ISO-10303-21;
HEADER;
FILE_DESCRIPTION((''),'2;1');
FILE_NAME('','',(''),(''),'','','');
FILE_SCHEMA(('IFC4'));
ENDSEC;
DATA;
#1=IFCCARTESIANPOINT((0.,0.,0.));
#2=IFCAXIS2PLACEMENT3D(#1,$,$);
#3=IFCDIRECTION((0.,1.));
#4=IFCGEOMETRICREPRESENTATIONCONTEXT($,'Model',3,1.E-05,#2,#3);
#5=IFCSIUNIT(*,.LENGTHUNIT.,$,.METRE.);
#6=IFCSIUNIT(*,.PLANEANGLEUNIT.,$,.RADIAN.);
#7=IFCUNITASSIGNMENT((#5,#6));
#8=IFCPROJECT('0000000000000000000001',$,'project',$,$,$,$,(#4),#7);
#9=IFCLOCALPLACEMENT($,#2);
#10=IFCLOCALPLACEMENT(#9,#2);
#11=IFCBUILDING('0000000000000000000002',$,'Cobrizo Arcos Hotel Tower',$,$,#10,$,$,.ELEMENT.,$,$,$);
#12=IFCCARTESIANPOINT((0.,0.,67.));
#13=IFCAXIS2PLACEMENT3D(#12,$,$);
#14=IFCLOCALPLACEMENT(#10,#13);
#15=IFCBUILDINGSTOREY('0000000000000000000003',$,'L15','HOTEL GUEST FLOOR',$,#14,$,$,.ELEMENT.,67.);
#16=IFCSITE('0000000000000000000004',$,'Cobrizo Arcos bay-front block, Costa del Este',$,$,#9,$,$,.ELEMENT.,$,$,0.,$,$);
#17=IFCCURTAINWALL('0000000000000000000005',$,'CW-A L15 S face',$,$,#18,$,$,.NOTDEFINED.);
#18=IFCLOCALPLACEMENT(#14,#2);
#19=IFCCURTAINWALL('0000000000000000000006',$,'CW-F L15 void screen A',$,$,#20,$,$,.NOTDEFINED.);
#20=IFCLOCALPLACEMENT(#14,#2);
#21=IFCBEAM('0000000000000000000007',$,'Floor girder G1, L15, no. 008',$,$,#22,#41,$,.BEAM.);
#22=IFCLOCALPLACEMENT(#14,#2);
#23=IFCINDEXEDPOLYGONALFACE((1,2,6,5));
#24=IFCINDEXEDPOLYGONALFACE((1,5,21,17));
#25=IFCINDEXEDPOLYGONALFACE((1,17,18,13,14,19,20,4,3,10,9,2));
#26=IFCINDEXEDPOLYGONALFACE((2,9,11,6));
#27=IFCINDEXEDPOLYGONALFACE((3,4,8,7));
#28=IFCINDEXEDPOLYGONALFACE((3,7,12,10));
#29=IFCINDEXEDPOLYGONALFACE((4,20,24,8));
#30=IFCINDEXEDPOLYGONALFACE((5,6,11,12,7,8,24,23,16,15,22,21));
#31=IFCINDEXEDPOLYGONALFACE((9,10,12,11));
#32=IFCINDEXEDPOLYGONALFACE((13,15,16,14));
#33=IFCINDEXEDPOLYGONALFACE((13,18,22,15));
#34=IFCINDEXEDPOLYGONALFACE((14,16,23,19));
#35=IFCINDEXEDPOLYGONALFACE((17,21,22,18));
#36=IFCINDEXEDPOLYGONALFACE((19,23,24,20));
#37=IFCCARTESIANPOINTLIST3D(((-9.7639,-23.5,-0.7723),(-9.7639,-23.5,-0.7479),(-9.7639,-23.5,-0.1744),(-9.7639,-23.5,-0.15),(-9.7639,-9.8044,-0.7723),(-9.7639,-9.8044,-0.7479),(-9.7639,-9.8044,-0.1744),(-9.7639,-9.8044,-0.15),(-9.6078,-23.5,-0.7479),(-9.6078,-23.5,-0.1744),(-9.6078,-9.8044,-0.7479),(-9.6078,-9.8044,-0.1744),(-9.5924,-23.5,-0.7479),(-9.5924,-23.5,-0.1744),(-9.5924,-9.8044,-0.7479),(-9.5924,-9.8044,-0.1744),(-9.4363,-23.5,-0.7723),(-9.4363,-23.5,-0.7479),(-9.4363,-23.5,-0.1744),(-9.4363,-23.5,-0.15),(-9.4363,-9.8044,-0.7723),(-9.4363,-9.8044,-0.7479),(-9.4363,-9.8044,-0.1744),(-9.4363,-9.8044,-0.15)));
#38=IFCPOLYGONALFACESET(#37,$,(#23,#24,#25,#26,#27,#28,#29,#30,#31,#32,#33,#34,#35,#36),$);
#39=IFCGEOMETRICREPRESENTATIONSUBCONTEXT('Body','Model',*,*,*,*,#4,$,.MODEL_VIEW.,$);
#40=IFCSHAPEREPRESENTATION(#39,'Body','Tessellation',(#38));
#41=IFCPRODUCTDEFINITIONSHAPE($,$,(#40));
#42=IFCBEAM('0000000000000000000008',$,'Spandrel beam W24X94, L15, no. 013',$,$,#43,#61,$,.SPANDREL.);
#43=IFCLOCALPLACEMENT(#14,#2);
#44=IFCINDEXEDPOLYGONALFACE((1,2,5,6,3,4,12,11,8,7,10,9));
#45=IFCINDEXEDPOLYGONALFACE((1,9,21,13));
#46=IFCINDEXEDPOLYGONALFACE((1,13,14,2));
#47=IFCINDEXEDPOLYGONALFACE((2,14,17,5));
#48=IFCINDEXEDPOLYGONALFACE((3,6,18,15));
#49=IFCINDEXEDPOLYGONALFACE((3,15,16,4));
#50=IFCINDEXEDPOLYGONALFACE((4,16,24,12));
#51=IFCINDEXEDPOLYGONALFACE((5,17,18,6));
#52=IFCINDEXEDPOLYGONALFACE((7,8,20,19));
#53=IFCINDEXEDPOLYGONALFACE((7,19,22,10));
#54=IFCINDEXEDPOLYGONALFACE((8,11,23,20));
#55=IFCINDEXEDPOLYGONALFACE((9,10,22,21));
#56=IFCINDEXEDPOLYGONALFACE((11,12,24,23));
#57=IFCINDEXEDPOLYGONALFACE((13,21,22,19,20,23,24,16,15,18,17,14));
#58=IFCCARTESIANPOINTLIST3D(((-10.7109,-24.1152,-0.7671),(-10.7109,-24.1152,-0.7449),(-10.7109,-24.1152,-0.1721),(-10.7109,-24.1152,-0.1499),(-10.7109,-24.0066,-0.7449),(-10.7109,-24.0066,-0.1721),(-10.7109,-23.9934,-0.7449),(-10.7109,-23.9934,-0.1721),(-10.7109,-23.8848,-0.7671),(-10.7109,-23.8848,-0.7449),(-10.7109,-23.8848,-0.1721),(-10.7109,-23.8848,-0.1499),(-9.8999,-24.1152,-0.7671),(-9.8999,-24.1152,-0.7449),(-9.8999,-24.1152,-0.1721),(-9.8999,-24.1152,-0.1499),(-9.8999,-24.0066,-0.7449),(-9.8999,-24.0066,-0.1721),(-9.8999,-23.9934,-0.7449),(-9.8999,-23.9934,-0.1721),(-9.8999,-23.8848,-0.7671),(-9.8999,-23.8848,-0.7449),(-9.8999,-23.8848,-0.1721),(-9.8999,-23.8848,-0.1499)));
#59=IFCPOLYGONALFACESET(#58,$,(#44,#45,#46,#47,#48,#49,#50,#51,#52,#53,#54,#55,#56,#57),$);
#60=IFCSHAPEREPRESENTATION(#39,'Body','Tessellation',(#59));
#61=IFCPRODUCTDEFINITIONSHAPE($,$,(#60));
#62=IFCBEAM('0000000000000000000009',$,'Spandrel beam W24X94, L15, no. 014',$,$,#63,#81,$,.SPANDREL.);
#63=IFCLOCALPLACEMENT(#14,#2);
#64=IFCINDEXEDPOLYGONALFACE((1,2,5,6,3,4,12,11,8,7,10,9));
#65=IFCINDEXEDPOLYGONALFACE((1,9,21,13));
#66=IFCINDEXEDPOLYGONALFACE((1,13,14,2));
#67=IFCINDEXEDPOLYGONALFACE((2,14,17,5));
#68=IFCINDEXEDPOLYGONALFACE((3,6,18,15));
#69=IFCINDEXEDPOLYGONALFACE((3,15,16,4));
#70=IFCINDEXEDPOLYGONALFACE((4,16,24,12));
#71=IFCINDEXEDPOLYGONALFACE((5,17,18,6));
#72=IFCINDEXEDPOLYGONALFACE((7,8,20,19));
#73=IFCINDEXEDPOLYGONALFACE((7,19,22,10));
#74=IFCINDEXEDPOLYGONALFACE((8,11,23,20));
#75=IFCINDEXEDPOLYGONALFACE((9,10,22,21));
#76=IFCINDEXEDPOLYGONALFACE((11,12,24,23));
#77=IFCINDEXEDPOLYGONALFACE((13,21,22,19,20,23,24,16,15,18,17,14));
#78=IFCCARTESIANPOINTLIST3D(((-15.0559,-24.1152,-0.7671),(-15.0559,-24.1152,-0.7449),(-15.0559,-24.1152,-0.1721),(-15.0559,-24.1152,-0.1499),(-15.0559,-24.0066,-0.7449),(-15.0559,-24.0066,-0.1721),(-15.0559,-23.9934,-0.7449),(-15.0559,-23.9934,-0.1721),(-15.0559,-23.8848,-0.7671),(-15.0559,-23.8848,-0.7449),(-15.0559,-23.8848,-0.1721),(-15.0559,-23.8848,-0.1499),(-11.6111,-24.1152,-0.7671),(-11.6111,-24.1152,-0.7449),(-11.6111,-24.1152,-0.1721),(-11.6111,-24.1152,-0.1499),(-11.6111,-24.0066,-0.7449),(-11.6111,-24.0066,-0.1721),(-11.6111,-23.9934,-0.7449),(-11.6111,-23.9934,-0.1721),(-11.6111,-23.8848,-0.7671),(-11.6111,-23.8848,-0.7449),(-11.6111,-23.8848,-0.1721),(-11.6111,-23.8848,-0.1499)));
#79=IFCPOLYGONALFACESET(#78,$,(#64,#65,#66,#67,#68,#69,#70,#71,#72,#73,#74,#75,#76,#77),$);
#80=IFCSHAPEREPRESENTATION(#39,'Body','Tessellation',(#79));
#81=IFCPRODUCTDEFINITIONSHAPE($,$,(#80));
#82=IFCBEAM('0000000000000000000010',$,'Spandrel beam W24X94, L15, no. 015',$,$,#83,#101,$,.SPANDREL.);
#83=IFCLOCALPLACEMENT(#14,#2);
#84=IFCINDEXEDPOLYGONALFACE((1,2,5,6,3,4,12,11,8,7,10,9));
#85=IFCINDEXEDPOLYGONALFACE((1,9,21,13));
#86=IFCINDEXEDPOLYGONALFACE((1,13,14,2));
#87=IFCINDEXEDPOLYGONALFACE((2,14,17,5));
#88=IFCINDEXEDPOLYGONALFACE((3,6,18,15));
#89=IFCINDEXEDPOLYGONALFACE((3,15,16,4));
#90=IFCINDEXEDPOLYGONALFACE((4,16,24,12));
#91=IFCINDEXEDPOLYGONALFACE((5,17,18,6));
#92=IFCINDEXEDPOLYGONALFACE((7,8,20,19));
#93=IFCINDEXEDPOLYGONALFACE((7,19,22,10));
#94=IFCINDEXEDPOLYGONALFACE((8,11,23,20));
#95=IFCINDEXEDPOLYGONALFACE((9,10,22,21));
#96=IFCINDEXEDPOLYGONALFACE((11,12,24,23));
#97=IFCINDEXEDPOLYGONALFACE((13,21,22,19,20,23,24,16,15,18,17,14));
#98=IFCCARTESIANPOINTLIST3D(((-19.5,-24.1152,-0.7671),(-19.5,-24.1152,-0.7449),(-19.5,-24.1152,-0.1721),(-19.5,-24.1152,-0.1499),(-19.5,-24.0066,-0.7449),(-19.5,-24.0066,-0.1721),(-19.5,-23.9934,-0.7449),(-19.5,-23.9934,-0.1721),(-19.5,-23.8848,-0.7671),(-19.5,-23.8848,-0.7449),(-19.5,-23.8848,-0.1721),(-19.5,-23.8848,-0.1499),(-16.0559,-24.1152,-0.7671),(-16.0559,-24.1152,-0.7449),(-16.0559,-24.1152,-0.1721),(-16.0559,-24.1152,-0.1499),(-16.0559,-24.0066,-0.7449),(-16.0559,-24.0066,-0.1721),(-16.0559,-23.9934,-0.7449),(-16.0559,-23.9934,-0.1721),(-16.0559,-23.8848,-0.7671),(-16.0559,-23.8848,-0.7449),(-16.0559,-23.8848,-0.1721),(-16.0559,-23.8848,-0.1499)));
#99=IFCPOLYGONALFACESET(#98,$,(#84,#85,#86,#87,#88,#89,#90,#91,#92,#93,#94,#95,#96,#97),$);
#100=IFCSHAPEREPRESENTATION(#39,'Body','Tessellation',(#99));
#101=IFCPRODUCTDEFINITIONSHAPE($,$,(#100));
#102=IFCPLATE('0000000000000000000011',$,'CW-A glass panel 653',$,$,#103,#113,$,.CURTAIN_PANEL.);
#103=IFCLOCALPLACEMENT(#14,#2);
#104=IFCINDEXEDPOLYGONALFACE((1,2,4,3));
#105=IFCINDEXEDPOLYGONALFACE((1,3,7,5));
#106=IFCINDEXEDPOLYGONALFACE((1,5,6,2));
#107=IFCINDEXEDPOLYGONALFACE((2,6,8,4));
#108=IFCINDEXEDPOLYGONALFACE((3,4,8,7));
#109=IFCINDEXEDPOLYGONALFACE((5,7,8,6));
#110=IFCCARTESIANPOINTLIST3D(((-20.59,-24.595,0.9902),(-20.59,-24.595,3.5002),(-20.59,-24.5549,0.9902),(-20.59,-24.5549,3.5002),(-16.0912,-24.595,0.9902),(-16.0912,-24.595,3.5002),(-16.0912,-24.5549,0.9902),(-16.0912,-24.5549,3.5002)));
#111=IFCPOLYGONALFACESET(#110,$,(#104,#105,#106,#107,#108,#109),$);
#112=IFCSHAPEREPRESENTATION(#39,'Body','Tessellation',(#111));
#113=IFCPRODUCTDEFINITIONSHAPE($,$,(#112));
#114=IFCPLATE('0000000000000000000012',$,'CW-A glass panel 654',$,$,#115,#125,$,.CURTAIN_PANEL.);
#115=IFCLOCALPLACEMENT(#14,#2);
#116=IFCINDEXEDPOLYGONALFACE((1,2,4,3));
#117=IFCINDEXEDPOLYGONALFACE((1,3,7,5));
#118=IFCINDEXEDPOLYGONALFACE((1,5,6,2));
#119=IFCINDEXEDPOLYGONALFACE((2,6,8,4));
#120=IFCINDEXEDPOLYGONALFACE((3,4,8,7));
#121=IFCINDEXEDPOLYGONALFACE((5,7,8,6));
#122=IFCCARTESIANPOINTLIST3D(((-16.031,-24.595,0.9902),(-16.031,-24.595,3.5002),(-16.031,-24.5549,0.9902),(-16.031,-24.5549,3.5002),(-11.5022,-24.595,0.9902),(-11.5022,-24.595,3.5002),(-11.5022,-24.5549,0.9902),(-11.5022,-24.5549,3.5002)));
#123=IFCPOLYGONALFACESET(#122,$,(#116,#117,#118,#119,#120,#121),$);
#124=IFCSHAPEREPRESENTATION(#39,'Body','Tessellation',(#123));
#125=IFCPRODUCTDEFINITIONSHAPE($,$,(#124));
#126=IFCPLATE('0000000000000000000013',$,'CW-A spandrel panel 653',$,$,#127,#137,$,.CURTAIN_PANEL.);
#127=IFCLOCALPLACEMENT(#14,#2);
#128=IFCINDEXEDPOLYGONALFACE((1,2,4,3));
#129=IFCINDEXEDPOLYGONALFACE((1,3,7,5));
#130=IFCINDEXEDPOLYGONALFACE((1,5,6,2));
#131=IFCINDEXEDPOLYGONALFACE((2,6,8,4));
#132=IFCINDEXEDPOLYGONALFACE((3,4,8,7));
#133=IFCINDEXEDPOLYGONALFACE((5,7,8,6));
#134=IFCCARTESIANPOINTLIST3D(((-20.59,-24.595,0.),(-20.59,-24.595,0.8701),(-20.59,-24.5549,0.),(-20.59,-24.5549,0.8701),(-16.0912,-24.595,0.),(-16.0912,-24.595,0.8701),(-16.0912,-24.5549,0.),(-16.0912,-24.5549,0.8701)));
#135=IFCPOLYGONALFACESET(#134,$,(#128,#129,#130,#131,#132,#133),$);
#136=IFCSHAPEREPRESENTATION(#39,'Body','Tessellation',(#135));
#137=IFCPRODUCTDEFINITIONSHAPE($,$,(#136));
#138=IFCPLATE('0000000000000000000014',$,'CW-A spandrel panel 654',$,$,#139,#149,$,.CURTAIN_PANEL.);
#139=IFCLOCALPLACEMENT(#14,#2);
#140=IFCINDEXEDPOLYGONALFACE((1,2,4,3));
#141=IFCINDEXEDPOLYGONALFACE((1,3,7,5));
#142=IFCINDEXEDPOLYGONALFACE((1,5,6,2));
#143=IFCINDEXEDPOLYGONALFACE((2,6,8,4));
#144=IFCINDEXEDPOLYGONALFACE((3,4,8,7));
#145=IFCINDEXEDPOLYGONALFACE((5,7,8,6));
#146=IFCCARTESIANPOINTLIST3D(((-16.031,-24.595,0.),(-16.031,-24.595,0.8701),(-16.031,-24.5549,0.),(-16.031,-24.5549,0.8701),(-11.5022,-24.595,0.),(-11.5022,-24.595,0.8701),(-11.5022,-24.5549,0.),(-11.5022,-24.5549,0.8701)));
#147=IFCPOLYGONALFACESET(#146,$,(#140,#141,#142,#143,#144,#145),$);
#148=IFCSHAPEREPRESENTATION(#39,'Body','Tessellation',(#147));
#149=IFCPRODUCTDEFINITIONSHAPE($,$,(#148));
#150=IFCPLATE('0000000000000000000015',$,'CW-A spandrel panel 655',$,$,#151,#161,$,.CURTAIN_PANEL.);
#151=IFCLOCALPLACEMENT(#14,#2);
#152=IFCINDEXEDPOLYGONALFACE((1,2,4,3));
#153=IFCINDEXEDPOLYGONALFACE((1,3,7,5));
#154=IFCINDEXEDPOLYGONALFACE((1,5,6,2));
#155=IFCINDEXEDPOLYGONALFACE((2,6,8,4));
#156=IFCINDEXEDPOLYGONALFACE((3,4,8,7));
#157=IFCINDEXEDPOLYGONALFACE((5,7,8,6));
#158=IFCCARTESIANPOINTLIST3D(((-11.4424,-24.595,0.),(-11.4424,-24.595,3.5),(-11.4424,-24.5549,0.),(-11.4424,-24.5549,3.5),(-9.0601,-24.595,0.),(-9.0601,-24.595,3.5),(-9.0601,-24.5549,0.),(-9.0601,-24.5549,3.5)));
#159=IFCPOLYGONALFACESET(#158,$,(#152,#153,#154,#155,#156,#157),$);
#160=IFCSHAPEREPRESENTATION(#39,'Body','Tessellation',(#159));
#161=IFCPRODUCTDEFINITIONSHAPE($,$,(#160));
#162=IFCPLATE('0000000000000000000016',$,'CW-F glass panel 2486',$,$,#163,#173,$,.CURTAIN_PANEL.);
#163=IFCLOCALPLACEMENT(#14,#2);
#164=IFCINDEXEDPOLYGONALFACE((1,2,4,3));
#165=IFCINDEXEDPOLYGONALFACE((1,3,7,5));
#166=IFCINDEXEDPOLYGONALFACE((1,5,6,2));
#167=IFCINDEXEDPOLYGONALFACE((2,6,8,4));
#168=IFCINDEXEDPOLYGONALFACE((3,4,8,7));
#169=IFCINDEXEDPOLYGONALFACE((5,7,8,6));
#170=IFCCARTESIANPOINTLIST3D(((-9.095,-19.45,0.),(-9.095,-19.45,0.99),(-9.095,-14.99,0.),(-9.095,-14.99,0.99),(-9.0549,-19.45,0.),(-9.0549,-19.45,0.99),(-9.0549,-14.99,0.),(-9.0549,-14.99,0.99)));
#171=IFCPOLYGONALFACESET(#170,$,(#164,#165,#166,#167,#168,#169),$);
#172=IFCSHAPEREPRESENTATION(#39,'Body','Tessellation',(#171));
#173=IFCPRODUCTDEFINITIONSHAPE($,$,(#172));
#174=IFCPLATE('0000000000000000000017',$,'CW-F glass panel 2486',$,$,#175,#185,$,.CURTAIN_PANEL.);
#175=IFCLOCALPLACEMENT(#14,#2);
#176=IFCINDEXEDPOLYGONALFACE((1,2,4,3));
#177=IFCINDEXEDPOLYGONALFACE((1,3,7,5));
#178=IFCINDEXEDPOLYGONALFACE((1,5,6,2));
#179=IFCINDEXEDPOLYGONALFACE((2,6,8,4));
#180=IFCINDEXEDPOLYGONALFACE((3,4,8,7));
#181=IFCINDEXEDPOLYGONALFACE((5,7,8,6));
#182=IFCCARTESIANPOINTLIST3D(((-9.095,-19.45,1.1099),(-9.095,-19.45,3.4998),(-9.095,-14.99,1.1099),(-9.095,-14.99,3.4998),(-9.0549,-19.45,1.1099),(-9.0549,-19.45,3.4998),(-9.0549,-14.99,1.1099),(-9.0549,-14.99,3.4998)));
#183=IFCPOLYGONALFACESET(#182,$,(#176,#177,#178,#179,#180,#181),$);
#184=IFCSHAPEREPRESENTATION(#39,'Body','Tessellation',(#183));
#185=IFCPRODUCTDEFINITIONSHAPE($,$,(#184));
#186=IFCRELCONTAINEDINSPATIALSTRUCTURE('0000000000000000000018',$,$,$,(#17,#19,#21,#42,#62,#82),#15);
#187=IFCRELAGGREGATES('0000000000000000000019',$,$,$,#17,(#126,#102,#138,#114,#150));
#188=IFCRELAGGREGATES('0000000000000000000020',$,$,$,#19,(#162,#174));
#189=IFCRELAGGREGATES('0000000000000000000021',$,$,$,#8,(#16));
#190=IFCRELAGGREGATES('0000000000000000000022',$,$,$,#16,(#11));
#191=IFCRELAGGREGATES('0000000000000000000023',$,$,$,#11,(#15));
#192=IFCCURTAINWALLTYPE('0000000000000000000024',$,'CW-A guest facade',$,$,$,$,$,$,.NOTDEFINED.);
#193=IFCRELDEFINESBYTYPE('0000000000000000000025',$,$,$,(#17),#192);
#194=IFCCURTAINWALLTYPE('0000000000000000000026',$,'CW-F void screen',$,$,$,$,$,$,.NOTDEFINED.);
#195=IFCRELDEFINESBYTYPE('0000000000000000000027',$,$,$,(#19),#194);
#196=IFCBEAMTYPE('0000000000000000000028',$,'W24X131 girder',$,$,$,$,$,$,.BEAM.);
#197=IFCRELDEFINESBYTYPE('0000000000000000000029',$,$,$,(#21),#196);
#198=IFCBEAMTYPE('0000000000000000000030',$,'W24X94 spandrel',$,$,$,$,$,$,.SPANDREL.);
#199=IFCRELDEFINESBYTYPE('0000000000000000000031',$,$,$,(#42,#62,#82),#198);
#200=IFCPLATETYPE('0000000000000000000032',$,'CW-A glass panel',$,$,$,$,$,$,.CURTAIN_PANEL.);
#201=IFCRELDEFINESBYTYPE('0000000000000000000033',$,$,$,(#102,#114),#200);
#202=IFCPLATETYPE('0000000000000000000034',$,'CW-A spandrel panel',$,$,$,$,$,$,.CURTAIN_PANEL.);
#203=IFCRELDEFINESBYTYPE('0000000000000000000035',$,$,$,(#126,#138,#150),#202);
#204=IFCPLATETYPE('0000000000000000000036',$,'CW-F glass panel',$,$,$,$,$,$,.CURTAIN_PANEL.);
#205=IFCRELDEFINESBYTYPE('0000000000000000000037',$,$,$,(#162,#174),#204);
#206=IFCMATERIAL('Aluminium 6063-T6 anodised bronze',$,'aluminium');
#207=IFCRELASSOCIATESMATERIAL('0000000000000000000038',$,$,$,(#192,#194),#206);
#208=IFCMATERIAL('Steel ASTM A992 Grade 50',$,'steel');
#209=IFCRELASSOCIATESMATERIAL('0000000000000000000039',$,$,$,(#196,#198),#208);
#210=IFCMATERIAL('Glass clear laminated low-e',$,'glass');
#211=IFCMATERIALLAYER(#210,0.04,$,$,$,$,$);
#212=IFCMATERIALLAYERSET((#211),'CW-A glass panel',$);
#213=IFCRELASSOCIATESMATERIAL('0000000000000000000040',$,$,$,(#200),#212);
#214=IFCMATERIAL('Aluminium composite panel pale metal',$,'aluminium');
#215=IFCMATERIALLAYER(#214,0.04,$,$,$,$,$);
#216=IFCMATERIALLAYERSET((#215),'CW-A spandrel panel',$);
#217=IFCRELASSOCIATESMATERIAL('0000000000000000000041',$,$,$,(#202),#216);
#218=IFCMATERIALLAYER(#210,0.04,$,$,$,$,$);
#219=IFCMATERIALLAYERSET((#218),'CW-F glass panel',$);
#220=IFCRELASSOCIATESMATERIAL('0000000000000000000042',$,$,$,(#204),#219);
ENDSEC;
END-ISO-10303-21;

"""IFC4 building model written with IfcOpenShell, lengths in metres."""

from ifc_helpers import new_model, si_unit, direction, frame, origin, origin_2d, place, context, subcontext, project, spatial, rectangle, i_section, extrude, material, layer, layer_set, material_profile, profile_set, type_object, element, aggregate, save


model = new_model("IFC4")

# Units and contexts
model_context = context("Model", 3, precision=1e-05, world=origin(), true_north=direction((0.0, 1.0)))
body_context = subcontext(model_context, "Body", "Model", "MODEL_VIEW")
ifc_project = project(units=[si_unit("LENGTHUNIT", "METRE"), si_unit("PLANEANGLEUNIT", "RADIAN")], contexts=[model_context])

# Site, building, storey
site_placement = place(None, origin())
site = spatial("IfcSite", under=ifc_project, at=site_placement, Name="Cobrizo Arcos bay-front block, Costa del Este", CompositionType="ELEMENT", RefElevation=0.0)
building_placement = place(site_placement, origin())
building = spatial("IfcBuilding", under=site, at=building_placement, Name="Cobrizo Arcos Hotel Tower", CompositionType="ELEMENT")
storey_placement = place(building_placement, frame((0.0, 0.0, 67.0)))
storey = spatial("IfcBuildingStorey", under=building, at=storey_placement, Name="L15", Description="HOTEL GUEST FLOOR", CompositionType="ELEMENT", Elevation=67.0)

# Curtain walls
ifc_material_1 = material(Name="Aluminium 6063-T6 anodised bronze", Category="aluminium")
curtain_wall_type_1 = type_object("IfcCurtainWallType", Name="CW-A guest facade", PredefinedType="NOTDEFINED", material=ifc_material_1)
curtain_wall_1_placement = place(storey_placement, origin())
curtain_wall_1 = element("IfcCurtainWall", 1, at=curtain_wall_1_placement, inside=storey, type_object=curtain_wall_type_1, Name="CW-A L15 S face", PredefinedType="NOTDEFINED")
curtain_wall_type_2 = type_object("IfcCurtainWallType", Name="CW-F void screen", PredefinedType="NOTDEFINED", material=ifc_material_1)
curtain_wall_2_placement = place(storey_placement, origin())
curtain_wall_2 = element("IfcCurtainWall", 2, at=curtain_wall_2_placement, inside=storey, type_object=curtain_wall_type_2, Name="CW-F L15 void screen A", PredefinedType="NOTDEFINED")

# Beams
ifc_material_2 = material(Name="Steel ASTM A992 Grade 50", Category="steel")
ifc_material_profile_1 = material_profile(ifc_material_2, i_section(OverallWidth=0.3276, OverallDepth=0.6223, WebThickness=0.0154, FlangeThickness=0.0244, at=origin_2d()), Name="W24X131")
ifc_profile_set_1 = profile_set([ifc_material_profile_1], Name="Steel ASTM A992 Grade 50")
beam_type_1 = type_object("IfcBeamType", Name="W24X131 girder", PredefinedType="BEAM", material=ifc_profile_set_1)
beam_1_placement = place(storey_placement, frame((-9.6001, -23.5, -0.4612), z_axis=(0.0, 1.0, 0.0), x_axis=(-1.0, 0.0, 0.0)))
element("IfcBeam", 3, at=beam_1_placement, inside=storey, type_object=beam_type_1, Name="Floor girder G1, L15, no. 008", PredefinedType="BEAM", context=body_context, shape_type="SweptSolid", body=[
    extrude(i_section(OverallWidth=0.3276, OverallDepth=0.6223, WebThickness=0.0154, FlangeThickness=0.0244, at=origin_2d()), origin(), (0.0, 0.0, 1.0), 13.6956),
])
ifc_material_profile_2 = material_profile(ifc_material_2, i_section(OverallWidth=0.2305, OverallDepth=0.6172, WebThickness=0.0132, FlangeThickness=0.0222, at=origin_2d()), Name="W24X94")
ifc_profile_set_2 = profile_set([ifc_material_profile_2], Name="Steel ASTM A992 Grade 50")
beam_type_2 = type_object("IfcBeamType", Name="W24X94 spandrel", PredefinedType="SPANDREL", material=ifc_profile_set_2)
beam_2_placement = place(storey_placement, frame((-9.8999, -24.0, -0.4585), z_axis=(-1.0, 0.0, 0.0), x_axis=(0.0, -1.0, 0.0)))
element("IfcBeam", 4, at=beam_2_placement, inside=storey, type_object=beam_type_2, Name="Spandrel beam W24X94, L15, no. 013", PredefinedType="SPANDREL", context=body_context, shape_type="SweptSolid", body=[
    extrude(i_section(OverallWidth=0.2305, OverallDepth=0.6172, WebThickness=0.0132, FlangeThickness=0.0222, at=origin_2d()), origin(), (0.0, 0.0, 1.0), 0.811),
])
beam_3_placement = place(storey_placement, frame((-11.6111, -24.0, -0.4585), z_axis=(-1.0, 0.0, 0.0), x_axis=(0.0, -1.0, 0.0)))
element("IfcBeam", 5, at=beam_3_placement, inside=storey, type_object=beam_type_2, Name="Spandrel beam W24X94, L15, no. 014", PredefinedType="SPANDREL", context=body_context, shape_type="SweptSolid", body=[
    extrude(i_section(OverallWidth=0.2305, OverallDepth=0.6172, WebThickness=0.0132, FlangeThickness=0.0222, at=origin_2d()), origin(), (0.0, 0.0, 1.0), 3.4448),
])
beam_4_placement = place(storey_placement, frame((-16.0559, -24.0, -0.4585), z_axis=(-1.0, 0.0, 0.0), x_axis=(0.0, -1.0, 0.0)))
element("IfcBeam", 6, at=beam_4_placement, inside=storey, type_object=beam_type_2, Name="Spandrel beam W24X94, L15, no. 015", PredefinedType="SPANDREL", context=body_context, shape_type="SweptSolid", body=[
    extrude(i_section(OverallWidth=0.2305, OverallDepth=0.6172, WebThickness=0.0132, FlangeThickness=0.0222, at=origin_2d()), origin(), (0.0, 0.0, 1.0), 3.4441),
])

# Plates
ifc_material_3 = material(Name="Glass clear laminated low-e", Category="glass")
ifc_layer_1 = layer(ifc_material_3, 0.04)
ifc_layer_set_1 = layer_set([ifc_layer_1], Name="CW-A glass panel")
plate_type_1 = type_object("IfcPlateType", Name="CW-A glass panel", PredefinedType="CURTAIN_PANEL", material=ifc_layer_set_1)
plate_1_placement = place(storey_placement, frame((-18.3406, -24.575, 0.9902), z_axis=(0.0, 0.0, 1.0), x_axis=(1.0, 0.0, 0.0)))
plate_1 = element("IfcPlate", 7, at=plate_1_placement, type_object=plate_type_1, Name="CW-A glass panel 653", PredefinedType="CURTAIN_PANEL", context=body_context, shape_type="SweptSolid", body=[
    extrude(rectangle(XDim=4.4988, YDim=0.04, at=origin_2d()), origin(), (0.0, 0.0, 1.0), 2.51),
])
plate_2_placement = place(storey_placement, frame((-13.7666, -24.575, 0.9902), z_axis=(0.0, 0.0, 1.0), x_axis=(1.0, 0.0, 0.0)))
plate_2 = element("IfcPlate", 8, at=plate_2_placement, type_object=plate_type_1, Name="CW-A glass panel 654", PredefinedType="CURTAIN_PANEL", context=body_context, shape_type="SweptSolid", body=[
    extrude(rectangle(XDim=4.5288, YDim=0.04, at=origin_2d()), origin(), (0.0, 0.0, 1.0), 2.51),
])
ifc_material_4 = material(Name="Aluminium composite panel pale metal", Category="aluminium")
ifc_layer_2 = layer(ifc_material_4, 0.04)
ifc_layer_set_2 = layer_set([ifc_layer_2], Name="CW-A spandrel panel")
plate_type_2 = type_object("IfcPlateType", Name="CW-A spandrel panel", PredefinedType="CURTAIN_PANEL", material=ifc_layer_set_2)
plate_3_placement = place(storey_placement, frame((-18.3406, -24.575, 0.0), z_axis=(0.0, 0.0, 1.0), x_axis=(1.0, 0.0, 0.0)))
plate_3 = element("IfcPlate", 9, at=plate_3_placement, type_object=plate_type_2, Name="CW-A spandrel panel 653", PredefinedType="CURTAIN_PANEL", context=body_context, shape_type="SweptSolid", body=[
    extrude(rectangle(XDim=4.4988, YDim=0.04, at=origin_2d()), origin(), (0.0, 0.0, 1.0), 0.8701),
])
plate_4_placement = place(storey_placement, frame((-13.7666, -24.575, 0.0), z_axis=(0.0, 0.0, 1.0), x_axis=(1.0, 0.0, 0.0)))
plate_4 = element("IfcPlate", 10, at=plate_4_placement, type_object=plate_type_2, Name="CW-A spandrel panel 654", PredefinedType="CURTAIN_PANEL", context=body_context, shape_type="SweptSolid", body=[
    extrude(rectangle(XDim=4.5288, YDim=0.04, at=origin_2d()), origin(), (0.0, 0.0, 1.0), 0.8701),
])
plate_5_placement = place(storey_placement, frame((-10.2512, -24.575, 0.0), z_axis=(0.0, 0.0, 1.0), x_axis=(1.0, 0.0, 0.0)))
plate_5 = element("IfcPlate", 11, at=plate_5_placement, type_object=plate_type_2, Name="CW-A spandrel panel 655", PredefinedType="CURTAIN_PANEL", context=body_context, shape_type="SweptSolid", body=[
    extrude(rectangle(XDim=2.3823, YDim=0.04, at=origin_2d()), origin(), (0.0, 0.0, 1.0), 3.5),
])
aggregate(curtain_wall_1, [plate_3, plate_1, plate_4, plate_2, plate_5])
ifc_layer_3 = layer(ifc_material_3, 0.04)
ifc_layer_set_3 = layer_set([ifc_layer_3], Name="CW-F glass panel")
plate_type_3 = type_object("IfcPlateType", Name="CW-F glass panel", PredefinedType="CURTAIN_PANEL", material=ifc_layer_set_3)
plate_6_placement = place(storey_placement, frame((-9.075, -17.22, 0.0), z_axis=(0.0, 0.0, 1.0), x_axis=(0.0, -1.0, 0.0)))
plate_6 = element("IfcPlate", 12, at=plate_6_placement, type_object=plate_type_3, Name="CW-F glass panel 2486", PredefinedType="CURTAIN_PANEL", context=body_context, shape_type="SweptSolid", body=[
    extrude(rectangle(XDim=4.46, YDim=0.04, at=origin_2d()), origin(), (0.0, 0.0, 1.0), 0.99),
])
plate_7_placement = place(storey_placement, frame((-9.075, -17.22, 1.1099), z_axis=(0.0, 0.0, 1.0), x_axis=(0.0, -1.0, 0.0)))
plate_7 = element("IfcPlate", 13, at=plate_7_placement, type_object=plate_type_3, Name="CW-F glass panel 2486", PredefinedType="CURTAIN_PANEL", context=body_context, shape_type="SweptSolid", body=[
    extrude(rectangle(XDim=4.46, YDim=0.04, at=origin_2d()), origin(), (0.0, 0.0, 1.0), 2.3899),
])
aggregate(curtain_wall_2, [plate_6, plate_7])

save(model, "model.ifc")
